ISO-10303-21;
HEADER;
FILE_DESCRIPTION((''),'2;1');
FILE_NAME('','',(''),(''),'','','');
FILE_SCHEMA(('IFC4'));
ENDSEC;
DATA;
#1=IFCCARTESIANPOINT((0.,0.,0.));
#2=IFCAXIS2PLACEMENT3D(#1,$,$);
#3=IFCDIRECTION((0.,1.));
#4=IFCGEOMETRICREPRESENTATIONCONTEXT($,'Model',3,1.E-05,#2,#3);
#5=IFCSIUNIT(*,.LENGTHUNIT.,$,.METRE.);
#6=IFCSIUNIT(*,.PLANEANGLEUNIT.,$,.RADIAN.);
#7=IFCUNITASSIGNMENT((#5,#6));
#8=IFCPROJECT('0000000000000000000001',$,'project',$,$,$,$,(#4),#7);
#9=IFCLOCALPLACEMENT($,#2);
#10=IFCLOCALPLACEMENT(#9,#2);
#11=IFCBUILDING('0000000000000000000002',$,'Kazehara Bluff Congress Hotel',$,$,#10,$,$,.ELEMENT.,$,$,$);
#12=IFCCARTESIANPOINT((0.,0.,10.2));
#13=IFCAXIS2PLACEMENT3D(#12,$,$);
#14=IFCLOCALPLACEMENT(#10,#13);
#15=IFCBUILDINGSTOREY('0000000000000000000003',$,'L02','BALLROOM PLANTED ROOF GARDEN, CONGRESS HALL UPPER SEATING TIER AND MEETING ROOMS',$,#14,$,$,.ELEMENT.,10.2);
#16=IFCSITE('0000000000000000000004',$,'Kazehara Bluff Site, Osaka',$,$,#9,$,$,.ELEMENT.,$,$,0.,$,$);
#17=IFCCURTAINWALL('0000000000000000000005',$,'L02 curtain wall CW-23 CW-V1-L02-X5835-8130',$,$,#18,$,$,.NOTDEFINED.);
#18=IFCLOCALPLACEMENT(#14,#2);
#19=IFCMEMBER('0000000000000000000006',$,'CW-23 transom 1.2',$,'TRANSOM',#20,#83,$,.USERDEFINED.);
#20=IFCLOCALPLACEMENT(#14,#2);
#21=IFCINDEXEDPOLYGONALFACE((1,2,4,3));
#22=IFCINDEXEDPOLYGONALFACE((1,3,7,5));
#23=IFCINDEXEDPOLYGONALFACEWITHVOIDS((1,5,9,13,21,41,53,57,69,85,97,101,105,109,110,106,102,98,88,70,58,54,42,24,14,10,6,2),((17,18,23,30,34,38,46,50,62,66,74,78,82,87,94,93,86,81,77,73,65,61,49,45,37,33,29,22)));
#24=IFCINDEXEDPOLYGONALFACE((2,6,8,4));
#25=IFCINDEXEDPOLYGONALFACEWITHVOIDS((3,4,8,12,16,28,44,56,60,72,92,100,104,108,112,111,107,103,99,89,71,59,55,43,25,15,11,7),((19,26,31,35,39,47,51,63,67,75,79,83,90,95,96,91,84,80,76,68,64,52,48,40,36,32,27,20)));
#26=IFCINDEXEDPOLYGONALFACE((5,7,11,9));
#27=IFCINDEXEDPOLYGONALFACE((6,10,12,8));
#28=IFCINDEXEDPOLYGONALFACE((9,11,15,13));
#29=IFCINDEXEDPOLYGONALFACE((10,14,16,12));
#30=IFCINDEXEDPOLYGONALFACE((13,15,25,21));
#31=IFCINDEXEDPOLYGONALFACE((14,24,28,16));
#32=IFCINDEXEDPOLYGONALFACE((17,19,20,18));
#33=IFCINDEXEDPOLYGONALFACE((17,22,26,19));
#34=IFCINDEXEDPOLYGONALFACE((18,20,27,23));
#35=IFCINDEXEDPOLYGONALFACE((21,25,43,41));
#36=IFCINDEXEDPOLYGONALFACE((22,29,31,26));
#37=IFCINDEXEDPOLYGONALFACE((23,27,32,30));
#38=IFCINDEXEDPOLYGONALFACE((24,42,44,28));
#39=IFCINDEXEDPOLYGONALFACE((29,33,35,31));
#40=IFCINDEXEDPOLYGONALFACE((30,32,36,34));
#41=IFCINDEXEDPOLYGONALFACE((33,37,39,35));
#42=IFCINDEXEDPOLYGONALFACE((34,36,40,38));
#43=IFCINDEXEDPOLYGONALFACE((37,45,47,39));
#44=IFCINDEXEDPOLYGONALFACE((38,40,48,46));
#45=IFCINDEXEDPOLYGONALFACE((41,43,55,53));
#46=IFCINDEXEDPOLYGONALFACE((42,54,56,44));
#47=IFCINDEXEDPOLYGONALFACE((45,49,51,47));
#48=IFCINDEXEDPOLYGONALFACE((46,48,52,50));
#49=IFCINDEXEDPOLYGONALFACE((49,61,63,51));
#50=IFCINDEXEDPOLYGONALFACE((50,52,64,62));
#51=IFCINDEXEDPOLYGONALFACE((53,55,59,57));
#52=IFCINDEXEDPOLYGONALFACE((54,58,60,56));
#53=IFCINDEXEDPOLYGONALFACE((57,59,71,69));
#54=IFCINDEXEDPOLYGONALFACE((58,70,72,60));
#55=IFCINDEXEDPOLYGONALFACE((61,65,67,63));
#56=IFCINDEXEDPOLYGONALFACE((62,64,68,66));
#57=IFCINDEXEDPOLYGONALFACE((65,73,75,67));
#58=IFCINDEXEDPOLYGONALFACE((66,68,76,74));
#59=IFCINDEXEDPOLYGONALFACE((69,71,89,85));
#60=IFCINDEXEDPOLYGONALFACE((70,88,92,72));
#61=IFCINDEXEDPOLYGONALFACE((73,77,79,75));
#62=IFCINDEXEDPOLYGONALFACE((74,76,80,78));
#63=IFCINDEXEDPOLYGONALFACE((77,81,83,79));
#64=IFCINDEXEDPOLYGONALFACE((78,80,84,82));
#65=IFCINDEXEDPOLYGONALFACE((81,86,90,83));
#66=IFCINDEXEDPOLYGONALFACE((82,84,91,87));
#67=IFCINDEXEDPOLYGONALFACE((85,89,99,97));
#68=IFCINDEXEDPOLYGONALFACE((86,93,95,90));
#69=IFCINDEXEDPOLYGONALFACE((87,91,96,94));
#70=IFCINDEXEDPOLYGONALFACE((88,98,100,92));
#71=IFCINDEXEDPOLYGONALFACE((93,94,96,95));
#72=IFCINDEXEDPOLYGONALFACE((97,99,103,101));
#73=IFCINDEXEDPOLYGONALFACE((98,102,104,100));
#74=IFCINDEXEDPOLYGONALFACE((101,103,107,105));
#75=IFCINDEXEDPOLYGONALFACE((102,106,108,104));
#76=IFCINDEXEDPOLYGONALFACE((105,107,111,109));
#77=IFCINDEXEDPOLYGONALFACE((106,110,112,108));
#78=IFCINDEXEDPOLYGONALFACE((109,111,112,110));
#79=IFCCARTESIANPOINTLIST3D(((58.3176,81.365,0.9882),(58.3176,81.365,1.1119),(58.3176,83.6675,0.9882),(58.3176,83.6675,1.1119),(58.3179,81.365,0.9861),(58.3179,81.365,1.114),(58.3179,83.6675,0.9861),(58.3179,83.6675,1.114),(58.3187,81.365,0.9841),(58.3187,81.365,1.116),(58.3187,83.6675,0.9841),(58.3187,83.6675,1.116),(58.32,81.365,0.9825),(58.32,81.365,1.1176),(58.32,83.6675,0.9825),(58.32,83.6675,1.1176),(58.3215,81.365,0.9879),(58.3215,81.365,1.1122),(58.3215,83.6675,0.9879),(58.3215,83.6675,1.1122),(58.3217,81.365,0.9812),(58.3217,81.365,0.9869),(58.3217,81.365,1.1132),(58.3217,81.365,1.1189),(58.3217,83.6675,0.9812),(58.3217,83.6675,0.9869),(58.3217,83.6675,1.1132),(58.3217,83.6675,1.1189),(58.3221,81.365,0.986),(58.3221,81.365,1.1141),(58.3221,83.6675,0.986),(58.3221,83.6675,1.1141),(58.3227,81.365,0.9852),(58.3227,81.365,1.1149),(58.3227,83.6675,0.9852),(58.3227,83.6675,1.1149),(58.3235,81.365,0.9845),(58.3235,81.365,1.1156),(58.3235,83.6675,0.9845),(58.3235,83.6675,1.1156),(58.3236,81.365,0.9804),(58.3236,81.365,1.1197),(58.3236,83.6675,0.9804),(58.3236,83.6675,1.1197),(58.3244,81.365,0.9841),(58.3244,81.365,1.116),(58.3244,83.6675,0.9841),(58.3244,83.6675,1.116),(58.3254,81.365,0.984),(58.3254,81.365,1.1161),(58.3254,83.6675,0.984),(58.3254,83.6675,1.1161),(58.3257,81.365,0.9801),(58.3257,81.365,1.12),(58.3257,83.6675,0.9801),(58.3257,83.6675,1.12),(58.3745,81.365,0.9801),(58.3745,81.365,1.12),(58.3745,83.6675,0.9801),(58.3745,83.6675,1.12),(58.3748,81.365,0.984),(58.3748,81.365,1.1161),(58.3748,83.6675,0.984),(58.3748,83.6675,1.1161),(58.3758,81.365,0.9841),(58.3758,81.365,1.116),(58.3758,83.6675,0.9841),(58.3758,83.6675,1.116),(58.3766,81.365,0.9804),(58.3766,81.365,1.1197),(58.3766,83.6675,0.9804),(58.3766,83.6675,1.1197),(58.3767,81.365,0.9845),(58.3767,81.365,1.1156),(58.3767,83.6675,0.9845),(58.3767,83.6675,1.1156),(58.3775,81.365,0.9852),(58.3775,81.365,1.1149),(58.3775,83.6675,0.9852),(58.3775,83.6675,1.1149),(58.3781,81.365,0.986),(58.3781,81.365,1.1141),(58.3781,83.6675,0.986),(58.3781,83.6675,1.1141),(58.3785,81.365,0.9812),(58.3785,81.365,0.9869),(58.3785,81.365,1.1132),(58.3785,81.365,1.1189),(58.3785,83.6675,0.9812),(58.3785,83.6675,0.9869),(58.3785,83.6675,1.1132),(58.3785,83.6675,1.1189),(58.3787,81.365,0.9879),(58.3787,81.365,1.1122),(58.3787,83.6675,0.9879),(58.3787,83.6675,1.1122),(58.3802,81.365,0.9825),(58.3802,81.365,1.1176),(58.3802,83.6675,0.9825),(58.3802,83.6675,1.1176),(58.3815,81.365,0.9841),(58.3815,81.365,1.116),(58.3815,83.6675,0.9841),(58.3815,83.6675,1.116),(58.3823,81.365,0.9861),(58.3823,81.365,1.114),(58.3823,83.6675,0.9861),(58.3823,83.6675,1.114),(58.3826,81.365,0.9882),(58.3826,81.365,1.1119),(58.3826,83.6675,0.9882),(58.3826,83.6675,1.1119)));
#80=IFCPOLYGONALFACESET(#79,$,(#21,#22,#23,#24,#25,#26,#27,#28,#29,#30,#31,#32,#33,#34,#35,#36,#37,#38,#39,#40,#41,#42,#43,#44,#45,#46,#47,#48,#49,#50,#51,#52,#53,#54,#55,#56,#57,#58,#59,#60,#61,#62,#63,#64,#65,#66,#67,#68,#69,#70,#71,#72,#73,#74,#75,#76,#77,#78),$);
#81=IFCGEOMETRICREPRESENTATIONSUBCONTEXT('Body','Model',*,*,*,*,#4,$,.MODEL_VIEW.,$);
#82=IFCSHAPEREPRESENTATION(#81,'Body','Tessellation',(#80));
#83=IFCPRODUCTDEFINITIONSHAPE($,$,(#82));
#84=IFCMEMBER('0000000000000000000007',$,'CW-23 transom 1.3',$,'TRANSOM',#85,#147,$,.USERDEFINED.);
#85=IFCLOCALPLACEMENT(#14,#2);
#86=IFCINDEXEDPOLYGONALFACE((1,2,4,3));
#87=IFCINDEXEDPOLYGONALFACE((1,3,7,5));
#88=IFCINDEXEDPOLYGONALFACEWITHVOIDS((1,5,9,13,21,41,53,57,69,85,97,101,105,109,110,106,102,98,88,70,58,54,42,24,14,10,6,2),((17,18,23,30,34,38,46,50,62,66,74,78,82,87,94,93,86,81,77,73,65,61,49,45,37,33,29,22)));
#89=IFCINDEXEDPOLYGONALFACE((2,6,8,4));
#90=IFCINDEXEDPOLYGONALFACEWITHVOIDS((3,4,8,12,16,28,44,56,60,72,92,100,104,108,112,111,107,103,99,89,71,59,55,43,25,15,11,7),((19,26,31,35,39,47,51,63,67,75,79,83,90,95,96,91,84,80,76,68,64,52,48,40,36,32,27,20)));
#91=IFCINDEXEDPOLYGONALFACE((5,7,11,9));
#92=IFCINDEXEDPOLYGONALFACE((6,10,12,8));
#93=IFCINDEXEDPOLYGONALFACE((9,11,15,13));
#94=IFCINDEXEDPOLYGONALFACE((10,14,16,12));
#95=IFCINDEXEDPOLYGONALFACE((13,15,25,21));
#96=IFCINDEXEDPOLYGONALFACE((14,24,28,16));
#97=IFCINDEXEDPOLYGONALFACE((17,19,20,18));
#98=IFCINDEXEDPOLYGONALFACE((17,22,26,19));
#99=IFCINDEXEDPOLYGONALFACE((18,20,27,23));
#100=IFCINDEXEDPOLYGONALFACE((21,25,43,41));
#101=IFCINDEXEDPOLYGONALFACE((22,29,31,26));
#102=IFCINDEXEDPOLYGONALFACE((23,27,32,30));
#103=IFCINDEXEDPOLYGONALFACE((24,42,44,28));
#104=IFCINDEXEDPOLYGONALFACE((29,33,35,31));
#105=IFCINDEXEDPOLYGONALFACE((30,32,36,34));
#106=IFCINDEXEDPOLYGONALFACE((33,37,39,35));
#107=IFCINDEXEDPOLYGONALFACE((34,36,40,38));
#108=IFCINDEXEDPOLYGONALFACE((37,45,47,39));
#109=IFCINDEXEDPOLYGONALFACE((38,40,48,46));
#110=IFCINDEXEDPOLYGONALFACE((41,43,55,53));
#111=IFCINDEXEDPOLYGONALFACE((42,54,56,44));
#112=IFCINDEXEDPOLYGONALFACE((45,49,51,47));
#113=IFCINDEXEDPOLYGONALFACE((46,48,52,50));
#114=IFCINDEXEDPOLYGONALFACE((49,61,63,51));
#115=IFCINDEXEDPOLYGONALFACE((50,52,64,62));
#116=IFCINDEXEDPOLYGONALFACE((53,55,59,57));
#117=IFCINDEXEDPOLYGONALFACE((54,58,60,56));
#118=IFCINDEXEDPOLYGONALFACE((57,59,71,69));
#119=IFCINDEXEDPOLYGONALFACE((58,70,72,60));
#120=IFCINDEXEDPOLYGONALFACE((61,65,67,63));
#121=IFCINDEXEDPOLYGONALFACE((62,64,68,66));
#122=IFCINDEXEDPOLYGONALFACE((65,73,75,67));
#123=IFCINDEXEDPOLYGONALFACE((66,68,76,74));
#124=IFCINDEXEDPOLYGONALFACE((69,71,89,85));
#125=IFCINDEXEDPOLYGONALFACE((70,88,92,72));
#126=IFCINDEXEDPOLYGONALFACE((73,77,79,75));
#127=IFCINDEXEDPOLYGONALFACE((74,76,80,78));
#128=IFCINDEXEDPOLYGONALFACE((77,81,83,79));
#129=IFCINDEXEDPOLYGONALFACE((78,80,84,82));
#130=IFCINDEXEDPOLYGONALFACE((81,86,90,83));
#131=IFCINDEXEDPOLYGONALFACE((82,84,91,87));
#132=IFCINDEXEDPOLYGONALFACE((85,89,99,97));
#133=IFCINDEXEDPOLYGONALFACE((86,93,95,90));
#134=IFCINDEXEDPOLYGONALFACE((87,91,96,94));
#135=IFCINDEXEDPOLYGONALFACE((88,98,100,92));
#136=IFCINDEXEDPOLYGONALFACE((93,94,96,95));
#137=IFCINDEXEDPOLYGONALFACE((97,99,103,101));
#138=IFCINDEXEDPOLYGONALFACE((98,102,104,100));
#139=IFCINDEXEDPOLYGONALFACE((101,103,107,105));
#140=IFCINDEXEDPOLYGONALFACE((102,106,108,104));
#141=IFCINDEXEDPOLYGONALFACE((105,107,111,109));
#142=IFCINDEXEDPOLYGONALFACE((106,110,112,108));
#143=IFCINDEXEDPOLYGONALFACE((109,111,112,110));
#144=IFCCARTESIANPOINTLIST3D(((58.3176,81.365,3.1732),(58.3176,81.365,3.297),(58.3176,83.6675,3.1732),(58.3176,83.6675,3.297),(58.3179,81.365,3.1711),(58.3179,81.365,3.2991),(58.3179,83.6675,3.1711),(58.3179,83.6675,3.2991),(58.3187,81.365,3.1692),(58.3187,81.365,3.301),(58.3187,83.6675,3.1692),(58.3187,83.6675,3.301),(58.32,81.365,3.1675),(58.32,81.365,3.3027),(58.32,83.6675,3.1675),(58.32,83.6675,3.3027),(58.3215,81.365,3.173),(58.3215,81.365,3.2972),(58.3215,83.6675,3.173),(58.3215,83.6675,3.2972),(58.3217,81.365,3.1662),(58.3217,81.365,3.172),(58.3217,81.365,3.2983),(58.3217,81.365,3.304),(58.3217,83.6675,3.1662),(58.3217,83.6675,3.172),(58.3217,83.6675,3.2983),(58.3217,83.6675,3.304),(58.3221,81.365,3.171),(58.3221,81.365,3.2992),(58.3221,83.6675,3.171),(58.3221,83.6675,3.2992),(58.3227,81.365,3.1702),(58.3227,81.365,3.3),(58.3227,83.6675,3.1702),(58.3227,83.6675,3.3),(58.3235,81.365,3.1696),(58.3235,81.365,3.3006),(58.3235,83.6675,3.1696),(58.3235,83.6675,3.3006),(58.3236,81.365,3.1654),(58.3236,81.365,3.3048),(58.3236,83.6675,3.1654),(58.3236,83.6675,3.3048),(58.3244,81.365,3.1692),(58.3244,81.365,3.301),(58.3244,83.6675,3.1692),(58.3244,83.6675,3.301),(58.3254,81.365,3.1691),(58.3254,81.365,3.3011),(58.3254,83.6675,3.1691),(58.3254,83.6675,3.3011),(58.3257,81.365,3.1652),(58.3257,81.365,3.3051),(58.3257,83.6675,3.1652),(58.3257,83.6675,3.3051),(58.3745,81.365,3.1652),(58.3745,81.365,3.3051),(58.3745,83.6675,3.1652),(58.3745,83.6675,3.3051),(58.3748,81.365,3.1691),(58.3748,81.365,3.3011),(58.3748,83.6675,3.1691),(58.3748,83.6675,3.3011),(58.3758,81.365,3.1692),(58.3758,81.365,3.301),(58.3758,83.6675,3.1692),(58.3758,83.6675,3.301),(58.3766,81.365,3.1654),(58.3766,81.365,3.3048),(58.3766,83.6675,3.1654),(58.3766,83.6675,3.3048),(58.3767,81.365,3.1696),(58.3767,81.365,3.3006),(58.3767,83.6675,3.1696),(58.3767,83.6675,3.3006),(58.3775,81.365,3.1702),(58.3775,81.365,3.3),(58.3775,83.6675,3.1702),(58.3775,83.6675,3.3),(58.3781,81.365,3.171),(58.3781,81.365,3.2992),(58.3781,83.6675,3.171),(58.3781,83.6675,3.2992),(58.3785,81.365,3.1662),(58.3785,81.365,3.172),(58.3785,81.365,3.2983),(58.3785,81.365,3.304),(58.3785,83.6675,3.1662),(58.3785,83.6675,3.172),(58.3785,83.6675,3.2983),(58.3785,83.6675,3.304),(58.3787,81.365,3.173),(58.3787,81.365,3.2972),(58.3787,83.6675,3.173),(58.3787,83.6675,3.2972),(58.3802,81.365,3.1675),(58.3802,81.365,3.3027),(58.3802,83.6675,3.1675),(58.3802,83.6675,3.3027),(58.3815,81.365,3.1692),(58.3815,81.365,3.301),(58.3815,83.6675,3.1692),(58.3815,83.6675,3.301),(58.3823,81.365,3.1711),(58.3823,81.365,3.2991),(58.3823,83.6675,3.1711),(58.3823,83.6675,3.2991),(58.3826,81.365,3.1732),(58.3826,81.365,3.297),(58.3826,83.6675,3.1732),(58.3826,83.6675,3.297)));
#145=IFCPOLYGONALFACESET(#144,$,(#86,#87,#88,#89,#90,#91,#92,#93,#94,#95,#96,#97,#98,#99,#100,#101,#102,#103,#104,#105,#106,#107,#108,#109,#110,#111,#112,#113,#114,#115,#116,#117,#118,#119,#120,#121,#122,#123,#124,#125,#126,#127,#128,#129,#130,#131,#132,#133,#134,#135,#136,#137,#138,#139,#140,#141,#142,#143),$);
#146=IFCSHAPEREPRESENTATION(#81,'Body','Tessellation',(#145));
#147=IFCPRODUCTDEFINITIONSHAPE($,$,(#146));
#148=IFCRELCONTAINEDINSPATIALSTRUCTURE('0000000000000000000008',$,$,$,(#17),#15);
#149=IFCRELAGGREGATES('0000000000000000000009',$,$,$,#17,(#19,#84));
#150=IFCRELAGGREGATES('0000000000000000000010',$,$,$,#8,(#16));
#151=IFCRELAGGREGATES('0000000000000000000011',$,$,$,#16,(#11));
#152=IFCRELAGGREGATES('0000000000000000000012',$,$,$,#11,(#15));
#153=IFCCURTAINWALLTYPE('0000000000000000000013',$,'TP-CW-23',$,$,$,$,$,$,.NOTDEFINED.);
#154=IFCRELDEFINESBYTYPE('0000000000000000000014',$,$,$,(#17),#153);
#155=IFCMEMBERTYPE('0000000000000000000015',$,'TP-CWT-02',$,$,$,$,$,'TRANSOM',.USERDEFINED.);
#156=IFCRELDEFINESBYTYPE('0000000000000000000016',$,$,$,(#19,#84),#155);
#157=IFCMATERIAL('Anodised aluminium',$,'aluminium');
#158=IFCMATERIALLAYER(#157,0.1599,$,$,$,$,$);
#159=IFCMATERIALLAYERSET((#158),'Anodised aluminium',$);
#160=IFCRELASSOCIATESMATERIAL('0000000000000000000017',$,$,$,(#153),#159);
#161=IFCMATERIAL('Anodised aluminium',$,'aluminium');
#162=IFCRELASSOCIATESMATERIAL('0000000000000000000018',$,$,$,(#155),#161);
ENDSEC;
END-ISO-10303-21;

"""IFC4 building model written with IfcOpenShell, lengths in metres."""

from ifc_helpers import new_model, si_unit, direction, frame, origin, origin_2d, place, context, subcontext, project, spatial, hollow_rectangle, extrude, material, layer, layer_set, material_profile, profile_set, type_object, element, aggregate, save


model = new_model("IFC4")

# Units and contexts
model_context = context("Model", 3, precision=1e-05, world=origin(), true_north=direction((0.0, 1.0)))
body_context = subcontext(model_context, "Body", "Model", "MODEL_VIEW")
ifc_project = project(units=[si_unit("LENGTHUNIT", "METRE"), si_unit("PLANEANGLEUNIT", "RADIAN")], contexts=[model_context])

# Site, building, storey
site_placement = place(None, origin())
site = spatial("IfcSite", under=ifc_project, at=site_placement, Name="Kazehara Bluff Site, Osaka", CompositionType="ELEMENT", RefElevation=0.0)
building_placement = place(site_placement, origin())
building = spatial("IfcBuilding", under=site, at=building_placement, Name="Kazehara Bluff Congress Hotel", CompositionType="ELEMENT")
storey_placement = place(building_placement, frame((0.0, 0.0, 10.2)))
storey = spatial("IfcBuildingStorey", under=building, at=storey_placement, Name="L02", Description="BALLROOM PLANTED ROOF GARDEN, CONGRESS HALL UPPER SEATING TIER AND MEETING ROOMS", CompositionType="ELEMENT", Elevation=10.2)

# Curtain wall
ifc_material_1 = material(Name="Anodised aluminium", Category="aluminium")
ifc_layer_1 = layer(ifc_material_1, 0.1599)
ifc_layer_set_1 = layer_set([ifc_layer_1], Name="Anodised aluminium")
curtain_wall_type_1 = type_object("IfcCurtainWallType", Name="TP-CW-23", PredefinedType="NOTDEFINED", material=ifc_layer_set_1)
curtain_wall_1_placement = place(storey_placement, origin())
curtain_wall_1 = element("IfcCurtainWall", 1, at=curtain_wall_1_placement, inside=storey, type_object=curtain_wall_type_1, Name="L02 curtain wall CW-23 CW-V1-L02-X5835-8130", PredefinedType="NOTDEFINED")

# Members
ifc_material_2 = material(Name="Anodised aluminium", Category="aluminium")
ifc_material_profile_1 = material_profile(ifc_material_2, hollow_rectangle(XDim=0.0649, YDim=0.1399, WallThickness=0.0039, InnerFilletRadius=0.0039, OuterFilletRadius=0.0081, at=origin_2d()))
ifc_profile_set_1 = profile_set([ifc_material_profile_1], Name="Anodised aluminium")
member_type_1 = type_object("IfcMemberType", Name="TP-CWT-02", ElementType="TRANSOM", PredefinedType="USERDEFINED", material=ifc_profile_set_1)
member_1_placement = place(storey_placement, frame((58.3501, 81.365, 1.05), z_axis=(0.0, 1.0, 0.0), x_axis=(-1.0, 0.0, 0.0)))
member_1 = element("IfcMember", 2, at=member_1_placement, type_object=member_type_1, Name="CW-23 transom 1.2", ObjectType="TRANSOM", PredefinedType="USERDEFINED", context=body_context, shape_type="SweptSolid", body=[
    extrude(hollow_rectangle(XDim=0.0649, YDim=0.1399, WallThickness=0.0039, InnerFilletRadius=0.0039, OuterFilletRadius=0.0081, at=origin_2d()), origin(), (0.0, 0.0, 1.0), 2.3025),
])
member_2_placement = place(storey_placement, frame((58.3501, 81.365, 3.2351), z_axis=(0.0, 1.0, 0.0), x_axis=(-1.0, 0.0, 0.0)))
member_2 = element("IfcMember", 3, at=member_2_placement, type_object=member_type_1, Name="CW-23 transom 1.3", ObjectType="TRANSOM", PredefinedType="USERDEFINED", context=body_context, shape_type="SweptSolid", body=[
    extrude(hollow_rectangle(XDim=0.0649, YDim=0.1399, WallThickness=0.0039, InnerFilletRadius=0.0039, OuterFilletRadius=0.0081, at=origin_2d()), origin(), (0.0, 0.0, 1.0), 2.3025),
])

aggregate(curtain_wall_1, [member_1, member_2])

save(model, "model.ifc")
